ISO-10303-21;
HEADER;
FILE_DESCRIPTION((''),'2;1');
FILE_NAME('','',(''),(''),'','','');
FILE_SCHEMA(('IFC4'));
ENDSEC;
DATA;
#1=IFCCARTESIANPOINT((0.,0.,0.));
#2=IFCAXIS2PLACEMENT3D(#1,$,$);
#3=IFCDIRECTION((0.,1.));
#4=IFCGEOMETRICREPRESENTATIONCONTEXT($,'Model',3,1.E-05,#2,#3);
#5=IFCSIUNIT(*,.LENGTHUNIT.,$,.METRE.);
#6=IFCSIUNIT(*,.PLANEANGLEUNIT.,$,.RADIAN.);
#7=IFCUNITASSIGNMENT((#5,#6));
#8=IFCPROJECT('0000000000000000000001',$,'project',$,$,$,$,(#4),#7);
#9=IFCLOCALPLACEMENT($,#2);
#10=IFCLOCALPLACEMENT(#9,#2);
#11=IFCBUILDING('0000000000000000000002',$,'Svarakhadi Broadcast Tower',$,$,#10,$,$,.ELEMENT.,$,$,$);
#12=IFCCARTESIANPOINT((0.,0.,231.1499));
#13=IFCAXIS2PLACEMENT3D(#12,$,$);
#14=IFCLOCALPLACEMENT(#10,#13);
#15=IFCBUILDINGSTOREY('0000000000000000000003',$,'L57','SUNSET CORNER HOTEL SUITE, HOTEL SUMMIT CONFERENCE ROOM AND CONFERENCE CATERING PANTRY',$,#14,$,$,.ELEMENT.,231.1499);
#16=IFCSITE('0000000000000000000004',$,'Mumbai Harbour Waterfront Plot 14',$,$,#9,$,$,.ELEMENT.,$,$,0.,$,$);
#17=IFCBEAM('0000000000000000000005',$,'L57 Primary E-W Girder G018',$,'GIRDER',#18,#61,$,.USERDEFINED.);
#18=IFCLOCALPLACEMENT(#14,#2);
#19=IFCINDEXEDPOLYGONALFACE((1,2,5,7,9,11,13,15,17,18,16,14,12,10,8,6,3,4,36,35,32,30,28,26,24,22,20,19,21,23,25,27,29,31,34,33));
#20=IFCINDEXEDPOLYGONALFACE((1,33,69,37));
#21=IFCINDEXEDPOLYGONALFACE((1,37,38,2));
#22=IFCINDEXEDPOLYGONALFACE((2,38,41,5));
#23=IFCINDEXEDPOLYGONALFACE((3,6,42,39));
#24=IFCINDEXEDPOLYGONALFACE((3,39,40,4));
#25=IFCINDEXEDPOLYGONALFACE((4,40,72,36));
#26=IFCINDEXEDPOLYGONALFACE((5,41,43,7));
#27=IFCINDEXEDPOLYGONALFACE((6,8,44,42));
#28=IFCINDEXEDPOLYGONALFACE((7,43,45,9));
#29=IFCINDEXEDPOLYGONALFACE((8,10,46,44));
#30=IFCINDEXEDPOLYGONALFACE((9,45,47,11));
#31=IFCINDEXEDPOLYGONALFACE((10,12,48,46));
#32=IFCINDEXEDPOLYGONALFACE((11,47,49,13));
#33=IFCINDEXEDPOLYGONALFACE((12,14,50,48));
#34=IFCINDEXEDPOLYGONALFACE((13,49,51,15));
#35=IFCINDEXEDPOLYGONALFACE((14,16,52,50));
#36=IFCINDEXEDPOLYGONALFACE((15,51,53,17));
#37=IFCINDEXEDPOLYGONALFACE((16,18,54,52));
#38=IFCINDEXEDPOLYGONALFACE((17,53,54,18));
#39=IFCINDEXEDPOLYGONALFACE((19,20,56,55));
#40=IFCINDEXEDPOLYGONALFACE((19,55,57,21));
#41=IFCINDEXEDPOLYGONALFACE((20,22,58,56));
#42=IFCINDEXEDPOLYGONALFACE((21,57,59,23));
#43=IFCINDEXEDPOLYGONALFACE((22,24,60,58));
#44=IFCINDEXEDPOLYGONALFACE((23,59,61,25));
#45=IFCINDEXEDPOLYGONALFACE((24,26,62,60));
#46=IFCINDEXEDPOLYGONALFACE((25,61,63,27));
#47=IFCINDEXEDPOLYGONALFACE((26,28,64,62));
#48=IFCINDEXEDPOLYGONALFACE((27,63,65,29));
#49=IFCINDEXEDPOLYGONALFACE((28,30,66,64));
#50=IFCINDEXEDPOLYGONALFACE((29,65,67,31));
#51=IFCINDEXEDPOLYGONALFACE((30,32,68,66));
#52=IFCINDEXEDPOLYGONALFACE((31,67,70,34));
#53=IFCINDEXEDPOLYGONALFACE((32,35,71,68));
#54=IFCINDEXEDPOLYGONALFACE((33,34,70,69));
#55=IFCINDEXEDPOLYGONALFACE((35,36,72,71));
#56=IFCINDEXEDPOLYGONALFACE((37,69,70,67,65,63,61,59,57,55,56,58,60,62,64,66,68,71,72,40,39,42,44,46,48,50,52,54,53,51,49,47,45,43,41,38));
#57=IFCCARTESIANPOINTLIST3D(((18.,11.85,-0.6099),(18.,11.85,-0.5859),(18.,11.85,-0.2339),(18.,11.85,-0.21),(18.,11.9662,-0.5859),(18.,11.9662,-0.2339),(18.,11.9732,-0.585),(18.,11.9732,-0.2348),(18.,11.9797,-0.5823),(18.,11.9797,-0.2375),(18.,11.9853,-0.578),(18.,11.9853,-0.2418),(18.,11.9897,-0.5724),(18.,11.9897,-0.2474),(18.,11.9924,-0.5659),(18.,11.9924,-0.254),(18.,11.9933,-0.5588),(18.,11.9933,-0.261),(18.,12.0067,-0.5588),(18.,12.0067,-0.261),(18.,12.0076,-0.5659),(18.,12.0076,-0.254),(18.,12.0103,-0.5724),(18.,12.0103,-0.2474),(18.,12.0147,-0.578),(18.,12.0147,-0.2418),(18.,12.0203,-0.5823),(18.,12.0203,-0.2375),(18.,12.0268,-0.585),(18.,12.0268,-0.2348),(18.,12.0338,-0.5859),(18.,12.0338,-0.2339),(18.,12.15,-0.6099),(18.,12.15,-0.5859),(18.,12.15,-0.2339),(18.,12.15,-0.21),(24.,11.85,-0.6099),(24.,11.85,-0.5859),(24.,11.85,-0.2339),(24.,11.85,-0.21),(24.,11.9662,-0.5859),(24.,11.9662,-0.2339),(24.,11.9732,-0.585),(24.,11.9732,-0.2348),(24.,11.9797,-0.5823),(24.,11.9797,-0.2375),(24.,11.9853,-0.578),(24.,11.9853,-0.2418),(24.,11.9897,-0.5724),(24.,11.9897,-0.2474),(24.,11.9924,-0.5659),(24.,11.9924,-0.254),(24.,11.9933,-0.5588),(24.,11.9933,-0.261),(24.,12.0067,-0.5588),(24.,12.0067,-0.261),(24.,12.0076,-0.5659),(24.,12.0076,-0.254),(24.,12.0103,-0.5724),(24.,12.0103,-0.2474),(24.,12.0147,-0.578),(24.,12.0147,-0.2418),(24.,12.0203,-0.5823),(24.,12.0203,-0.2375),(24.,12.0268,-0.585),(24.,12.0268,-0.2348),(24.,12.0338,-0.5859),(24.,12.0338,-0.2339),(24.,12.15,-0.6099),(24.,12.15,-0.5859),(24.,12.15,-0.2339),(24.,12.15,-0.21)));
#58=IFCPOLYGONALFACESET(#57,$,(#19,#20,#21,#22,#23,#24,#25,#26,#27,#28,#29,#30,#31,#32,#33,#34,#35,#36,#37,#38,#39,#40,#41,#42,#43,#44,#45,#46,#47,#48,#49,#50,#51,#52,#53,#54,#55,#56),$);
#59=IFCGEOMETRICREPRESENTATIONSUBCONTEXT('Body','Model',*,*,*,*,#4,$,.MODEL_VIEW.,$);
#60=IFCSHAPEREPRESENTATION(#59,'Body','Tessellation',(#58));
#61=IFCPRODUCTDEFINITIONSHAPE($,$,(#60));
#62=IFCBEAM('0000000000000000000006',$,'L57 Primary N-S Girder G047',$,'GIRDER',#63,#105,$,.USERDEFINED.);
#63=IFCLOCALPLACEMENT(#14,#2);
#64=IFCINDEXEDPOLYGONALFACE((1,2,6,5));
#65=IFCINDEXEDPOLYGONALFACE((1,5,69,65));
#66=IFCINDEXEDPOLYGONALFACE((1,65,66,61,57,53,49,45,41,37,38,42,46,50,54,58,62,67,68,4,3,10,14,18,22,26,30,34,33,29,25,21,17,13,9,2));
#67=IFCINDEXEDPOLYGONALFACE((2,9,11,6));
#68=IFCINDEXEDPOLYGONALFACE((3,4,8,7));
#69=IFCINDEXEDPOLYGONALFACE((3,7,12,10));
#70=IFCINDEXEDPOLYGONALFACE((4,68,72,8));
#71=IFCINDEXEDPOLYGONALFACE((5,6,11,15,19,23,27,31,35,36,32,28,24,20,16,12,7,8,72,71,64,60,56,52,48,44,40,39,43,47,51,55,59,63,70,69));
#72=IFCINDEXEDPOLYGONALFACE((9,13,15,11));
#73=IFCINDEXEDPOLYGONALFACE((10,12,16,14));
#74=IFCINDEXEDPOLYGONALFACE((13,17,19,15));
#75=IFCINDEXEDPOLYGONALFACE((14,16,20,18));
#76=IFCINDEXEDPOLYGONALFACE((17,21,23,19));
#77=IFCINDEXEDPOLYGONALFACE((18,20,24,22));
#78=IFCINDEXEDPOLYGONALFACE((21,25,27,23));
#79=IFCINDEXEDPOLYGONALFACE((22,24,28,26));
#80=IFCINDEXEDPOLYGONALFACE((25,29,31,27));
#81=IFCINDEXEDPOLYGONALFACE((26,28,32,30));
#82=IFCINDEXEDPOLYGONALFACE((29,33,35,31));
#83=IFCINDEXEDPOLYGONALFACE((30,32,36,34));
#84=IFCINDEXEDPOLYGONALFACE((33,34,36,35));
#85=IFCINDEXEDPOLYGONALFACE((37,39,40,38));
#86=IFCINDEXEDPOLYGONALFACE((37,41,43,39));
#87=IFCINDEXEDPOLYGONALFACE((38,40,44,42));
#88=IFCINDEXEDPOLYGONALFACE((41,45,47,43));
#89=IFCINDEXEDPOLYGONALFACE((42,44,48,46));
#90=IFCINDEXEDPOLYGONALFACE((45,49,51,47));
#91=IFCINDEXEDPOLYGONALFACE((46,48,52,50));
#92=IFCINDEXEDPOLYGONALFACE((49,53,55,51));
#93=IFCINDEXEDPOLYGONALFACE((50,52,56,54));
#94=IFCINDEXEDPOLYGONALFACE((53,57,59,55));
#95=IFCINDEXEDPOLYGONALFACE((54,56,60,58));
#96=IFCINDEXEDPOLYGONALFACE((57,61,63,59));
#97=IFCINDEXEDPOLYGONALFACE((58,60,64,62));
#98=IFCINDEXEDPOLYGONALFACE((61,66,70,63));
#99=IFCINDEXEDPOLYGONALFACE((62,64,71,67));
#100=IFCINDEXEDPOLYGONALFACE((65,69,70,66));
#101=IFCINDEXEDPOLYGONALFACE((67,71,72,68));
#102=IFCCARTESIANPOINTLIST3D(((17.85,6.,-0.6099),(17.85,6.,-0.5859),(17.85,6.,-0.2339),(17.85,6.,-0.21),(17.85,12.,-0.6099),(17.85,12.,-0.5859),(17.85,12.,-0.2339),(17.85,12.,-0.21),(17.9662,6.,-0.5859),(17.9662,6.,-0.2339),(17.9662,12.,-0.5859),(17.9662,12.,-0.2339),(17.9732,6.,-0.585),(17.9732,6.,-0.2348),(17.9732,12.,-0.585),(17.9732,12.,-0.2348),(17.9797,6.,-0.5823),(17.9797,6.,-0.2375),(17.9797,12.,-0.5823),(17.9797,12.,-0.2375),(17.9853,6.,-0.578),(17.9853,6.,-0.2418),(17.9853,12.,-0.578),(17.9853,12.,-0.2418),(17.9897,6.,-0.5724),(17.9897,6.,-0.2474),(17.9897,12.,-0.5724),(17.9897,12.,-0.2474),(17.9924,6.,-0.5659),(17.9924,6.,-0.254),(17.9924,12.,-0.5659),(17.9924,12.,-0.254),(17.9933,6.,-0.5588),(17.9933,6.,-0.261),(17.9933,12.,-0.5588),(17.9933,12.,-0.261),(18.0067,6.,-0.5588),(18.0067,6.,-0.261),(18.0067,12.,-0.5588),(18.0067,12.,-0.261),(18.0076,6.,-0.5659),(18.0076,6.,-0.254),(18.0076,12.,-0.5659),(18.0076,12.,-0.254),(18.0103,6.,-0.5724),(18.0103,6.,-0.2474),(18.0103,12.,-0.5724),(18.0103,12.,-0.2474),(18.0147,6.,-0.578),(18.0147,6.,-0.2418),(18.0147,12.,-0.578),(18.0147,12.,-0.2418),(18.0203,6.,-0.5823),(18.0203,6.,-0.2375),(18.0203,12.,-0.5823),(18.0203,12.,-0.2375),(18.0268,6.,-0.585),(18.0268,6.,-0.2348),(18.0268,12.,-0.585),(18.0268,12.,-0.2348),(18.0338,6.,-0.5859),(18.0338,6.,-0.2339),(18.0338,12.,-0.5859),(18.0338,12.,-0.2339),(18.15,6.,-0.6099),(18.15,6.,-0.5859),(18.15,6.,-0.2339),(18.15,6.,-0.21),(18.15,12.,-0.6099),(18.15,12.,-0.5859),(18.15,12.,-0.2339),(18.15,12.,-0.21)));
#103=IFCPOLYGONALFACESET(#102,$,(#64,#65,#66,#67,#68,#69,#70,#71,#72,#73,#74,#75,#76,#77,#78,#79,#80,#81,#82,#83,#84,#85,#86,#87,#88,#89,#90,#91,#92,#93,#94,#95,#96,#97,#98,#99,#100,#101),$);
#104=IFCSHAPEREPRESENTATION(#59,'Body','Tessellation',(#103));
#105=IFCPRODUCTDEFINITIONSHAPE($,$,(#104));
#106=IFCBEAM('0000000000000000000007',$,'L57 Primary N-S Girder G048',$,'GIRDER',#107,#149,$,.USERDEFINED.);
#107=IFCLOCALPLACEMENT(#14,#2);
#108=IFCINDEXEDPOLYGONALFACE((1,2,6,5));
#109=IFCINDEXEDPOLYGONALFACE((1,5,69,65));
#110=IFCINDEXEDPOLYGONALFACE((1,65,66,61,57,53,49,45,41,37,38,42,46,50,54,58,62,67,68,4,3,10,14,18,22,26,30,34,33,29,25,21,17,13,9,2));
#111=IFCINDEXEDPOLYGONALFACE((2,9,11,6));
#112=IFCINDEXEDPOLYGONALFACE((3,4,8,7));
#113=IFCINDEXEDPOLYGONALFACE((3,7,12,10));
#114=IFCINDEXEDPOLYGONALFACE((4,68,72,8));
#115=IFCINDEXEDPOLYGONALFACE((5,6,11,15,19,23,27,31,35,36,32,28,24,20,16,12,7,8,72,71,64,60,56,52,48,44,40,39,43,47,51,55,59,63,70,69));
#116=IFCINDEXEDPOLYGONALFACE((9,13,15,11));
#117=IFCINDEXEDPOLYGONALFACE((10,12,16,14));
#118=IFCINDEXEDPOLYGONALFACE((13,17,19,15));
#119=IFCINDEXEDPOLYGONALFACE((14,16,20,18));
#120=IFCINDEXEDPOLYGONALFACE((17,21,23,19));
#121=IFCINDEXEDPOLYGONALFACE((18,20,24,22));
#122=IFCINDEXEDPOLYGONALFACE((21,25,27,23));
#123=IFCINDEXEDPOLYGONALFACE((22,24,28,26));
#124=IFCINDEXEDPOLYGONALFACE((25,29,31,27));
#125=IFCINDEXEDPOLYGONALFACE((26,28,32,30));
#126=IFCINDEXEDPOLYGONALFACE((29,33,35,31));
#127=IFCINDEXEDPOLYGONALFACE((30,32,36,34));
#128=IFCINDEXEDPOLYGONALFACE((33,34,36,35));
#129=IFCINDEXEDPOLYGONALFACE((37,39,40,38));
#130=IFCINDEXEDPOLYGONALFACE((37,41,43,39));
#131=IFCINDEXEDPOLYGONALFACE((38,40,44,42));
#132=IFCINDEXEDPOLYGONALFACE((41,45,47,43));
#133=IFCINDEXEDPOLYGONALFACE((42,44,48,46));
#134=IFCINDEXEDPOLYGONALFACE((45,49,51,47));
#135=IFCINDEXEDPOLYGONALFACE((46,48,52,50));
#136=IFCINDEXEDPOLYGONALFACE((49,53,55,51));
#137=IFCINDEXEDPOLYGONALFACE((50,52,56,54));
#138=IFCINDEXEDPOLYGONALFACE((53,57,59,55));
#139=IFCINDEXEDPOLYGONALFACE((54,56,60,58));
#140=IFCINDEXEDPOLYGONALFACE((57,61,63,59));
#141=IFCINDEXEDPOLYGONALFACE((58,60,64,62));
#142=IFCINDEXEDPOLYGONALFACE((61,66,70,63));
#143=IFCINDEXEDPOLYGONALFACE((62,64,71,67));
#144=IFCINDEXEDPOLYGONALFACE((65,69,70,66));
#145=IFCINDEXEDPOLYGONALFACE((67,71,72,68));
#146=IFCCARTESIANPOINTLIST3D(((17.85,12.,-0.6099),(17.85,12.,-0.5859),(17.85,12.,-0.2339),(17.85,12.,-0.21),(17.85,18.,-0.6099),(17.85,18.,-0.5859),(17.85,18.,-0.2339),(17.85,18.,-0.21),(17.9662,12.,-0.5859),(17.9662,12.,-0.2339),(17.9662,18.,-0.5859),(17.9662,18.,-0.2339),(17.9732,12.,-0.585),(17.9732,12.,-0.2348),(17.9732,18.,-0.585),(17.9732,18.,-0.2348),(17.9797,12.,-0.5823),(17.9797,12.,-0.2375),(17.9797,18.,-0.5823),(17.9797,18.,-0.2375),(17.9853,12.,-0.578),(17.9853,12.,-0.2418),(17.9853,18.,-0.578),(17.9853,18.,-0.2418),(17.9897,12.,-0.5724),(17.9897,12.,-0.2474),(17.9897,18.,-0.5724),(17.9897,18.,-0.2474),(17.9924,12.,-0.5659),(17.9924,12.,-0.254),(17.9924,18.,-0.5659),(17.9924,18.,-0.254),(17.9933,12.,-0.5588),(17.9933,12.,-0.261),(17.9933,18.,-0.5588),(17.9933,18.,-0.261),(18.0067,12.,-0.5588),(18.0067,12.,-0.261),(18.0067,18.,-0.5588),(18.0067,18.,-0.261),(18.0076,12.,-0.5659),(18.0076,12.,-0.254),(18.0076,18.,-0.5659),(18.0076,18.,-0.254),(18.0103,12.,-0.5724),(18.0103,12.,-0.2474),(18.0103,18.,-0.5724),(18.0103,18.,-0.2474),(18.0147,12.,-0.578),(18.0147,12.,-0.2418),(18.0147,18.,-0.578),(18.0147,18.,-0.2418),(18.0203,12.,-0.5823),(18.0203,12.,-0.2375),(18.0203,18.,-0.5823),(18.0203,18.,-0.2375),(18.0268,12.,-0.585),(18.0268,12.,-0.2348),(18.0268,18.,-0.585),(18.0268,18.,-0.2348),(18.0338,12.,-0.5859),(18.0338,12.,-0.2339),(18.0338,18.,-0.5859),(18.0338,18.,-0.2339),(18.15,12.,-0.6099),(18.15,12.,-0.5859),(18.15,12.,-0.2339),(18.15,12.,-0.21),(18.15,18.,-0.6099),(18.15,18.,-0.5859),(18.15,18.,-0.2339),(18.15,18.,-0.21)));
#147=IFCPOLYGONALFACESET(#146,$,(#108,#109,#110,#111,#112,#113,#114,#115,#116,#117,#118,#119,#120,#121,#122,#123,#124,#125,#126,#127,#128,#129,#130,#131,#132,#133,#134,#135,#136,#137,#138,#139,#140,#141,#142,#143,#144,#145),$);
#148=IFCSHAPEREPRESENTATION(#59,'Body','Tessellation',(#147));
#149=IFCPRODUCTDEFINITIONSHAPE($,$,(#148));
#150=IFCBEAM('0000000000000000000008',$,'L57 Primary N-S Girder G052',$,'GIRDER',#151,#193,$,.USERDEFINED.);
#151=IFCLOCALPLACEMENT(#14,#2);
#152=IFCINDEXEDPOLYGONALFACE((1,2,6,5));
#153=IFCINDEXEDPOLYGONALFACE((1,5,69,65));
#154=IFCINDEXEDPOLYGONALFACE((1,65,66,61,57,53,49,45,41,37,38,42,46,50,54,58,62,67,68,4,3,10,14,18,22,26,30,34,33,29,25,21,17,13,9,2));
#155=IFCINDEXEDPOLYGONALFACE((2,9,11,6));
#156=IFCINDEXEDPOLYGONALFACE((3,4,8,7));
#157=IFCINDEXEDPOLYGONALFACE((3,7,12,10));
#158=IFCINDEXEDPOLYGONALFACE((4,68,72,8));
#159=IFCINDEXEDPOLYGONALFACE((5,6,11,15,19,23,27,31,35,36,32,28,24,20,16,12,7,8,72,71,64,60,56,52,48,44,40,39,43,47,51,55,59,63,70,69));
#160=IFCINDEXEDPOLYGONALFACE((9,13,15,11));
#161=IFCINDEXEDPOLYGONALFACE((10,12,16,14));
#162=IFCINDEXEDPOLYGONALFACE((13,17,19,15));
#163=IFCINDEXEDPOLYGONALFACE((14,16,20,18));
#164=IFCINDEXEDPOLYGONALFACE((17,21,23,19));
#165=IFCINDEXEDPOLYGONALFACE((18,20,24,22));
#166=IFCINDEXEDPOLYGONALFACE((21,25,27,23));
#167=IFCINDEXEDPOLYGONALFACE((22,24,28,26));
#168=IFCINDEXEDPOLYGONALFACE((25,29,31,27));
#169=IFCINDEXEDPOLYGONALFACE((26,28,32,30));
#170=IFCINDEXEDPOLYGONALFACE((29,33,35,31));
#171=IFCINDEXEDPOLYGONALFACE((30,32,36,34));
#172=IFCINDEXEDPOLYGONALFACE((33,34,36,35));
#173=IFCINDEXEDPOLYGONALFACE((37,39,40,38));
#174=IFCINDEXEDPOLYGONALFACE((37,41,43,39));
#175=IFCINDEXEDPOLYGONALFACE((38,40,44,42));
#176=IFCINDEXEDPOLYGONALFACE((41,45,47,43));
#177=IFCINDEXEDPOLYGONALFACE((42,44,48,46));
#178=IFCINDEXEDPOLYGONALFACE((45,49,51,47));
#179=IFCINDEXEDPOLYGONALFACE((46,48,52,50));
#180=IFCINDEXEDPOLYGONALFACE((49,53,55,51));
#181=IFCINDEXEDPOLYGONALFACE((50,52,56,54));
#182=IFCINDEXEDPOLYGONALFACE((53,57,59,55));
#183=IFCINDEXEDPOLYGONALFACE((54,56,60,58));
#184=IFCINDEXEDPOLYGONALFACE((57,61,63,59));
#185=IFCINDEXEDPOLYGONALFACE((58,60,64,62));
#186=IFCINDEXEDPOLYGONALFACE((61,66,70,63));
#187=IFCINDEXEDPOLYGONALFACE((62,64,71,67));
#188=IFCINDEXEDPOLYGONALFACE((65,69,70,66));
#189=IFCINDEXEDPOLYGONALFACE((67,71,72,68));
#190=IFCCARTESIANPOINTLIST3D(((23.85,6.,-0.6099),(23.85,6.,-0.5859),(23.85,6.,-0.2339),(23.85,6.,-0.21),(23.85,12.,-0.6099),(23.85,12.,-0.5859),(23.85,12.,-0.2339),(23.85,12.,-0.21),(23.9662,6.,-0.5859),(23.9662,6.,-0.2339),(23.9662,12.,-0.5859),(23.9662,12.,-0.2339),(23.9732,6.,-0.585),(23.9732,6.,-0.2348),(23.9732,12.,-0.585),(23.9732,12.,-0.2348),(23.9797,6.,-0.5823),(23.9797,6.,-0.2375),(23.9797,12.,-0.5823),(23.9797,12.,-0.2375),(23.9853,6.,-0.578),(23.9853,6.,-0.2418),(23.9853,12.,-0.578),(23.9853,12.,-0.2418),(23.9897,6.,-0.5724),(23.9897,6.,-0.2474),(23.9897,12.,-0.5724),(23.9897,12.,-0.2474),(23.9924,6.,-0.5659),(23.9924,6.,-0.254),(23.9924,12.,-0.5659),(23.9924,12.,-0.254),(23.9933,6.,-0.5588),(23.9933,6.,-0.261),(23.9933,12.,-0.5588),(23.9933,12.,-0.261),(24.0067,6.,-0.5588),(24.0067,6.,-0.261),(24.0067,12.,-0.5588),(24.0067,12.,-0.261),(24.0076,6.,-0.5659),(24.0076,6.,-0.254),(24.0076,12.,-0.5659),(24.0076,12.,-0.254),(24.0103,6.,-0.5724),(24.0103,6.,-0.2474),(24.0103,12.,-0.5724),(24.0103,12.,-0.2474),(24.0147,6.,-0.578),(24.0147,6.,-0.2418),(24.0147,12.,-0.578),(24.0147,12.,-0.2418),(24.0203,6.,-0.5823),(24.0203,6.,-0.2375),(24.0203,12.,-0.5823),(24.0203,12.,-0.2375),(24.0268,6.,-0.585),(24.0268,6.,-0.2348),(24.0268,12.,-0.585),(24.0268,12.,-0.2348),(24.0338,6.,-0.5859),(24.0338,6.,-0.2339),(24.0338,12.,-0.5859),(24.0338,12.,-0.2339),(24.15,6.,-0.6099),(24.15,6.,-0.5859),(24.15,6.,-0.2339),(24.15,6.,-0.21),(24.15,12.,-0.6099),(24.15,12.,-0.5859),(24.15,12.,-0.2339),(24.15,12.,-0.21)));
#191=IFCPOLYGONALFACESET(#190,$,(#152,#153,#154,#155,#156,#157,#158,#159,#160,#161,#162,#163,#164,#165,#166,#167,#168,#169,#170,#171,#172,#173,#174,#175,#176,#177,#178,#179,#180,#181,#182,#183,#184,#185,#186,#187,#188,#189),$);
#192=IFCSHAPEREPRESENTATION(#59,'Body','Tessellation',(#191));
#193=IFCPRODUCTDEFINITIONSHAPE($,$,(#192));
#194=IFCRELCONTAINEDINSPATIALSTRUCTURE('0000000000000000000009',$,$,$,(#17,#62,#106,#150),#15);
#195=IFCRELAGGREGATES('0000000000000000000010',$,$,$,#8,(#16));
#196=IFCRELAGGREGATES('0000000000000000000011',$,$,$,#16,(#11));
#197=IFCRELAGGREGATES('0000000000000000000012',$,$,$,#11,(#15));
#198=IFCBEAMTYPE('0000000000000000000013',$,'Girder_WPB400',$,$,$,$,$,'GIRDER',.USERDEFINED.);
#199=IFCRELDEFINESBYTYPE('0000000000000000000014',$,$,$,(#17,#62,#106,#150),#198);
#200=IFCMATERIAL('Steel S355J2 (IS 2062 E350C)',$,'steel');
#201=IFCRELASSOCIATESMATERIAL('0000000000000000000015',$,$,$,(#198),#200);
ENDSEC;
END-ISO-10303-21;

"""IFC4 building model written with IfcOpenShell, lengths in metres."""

from ifc_helpers import new_model, si_unit, direction, frame, origin, origin_2d, place, context, subcontext, project, spatial, i_section, extrude, material, material_profile, profile_set, type_object, element, save


model = new_model("IFC4")

# Units and contexts
model_context = context("Model", 3, precision=1e-05, world=origin(), true_north=direction((0.0, 1.0)))
body_context = subcontext(model_context, "Body", "Model", "MODEL_VIEW")
ifc_project = project(units=[si_unit("LENGTHUNIT", "METRE"), si_unit("PLANEANGLEUNIT", "RADIAN")], contexts=[model_context])

# Site, building, storey
site_placement = place(None, origin())
site = spatial("IfcSite", under=ifc_project, at=site_placement, Name="Mumbai Harbour Waterfront Plot 14", CompositionType="ELEMENT", RefElevation=0.0)
building_placement = place(site_placement, origin())
building = spatial("IfcBuilding", under=site, at=building_placement, Name="Svarakhadi Broadcast Tower", CompositionType="ELEMENT")
storey_placement = place(building_placement, frame((0.0, 0.0, 231.1499)))
storey = spatial("IfcBuildingStorey", under=building, at=storey_placement, Name="L57", Description="SUNSET CORNER HOTEL SUITE, HOTEL SUMMIT CONFERENCE ROOM AND CONFERENCE CATERING PANTRY", CompositionType="ELEMENT", Elevation=231.1499)

# Beams
ifc_material_1 = material(Name="Steel S355J2 (IS 2062 E350C)", Category="steel")
ifc_material_profile_1 = material_profile(ifc_material_1, i_section(OverallWidth=0.3, OverallDepth=0.3999, WebThickness=0.0134, FlangeThickness=0.0239, FilletRadius=0.0271, at=origin_2d()), Name="WPB 400x300x155")
ifc_profile_set_1 = profile_set([ifc_material_profile_1], Name="Steel S355J2 (IS 2062 E350C)")
beam_type_1 = type_object("IfcBeamType", Name="Girder_WPB400", ElementType="GIRDER", PredefinedType="USERDEFINED", material=ifc_profile_set_1)
for number, where, z_axis, x_axis, name in (
    (1, (18.0, 12.0, -0.4099), (1.0, 0.0, 0.0), (0.0, 1.0, 0.0), "L57 Primary E-W Girder G018"),
    (2, (18.0, 6.0, -0.4099), (0.0, 1.0, 0.0), (-1.0, 0.0, 0.0), "L57 Primary N-S Girder G047"),
    (3, (18.0, 12.0, -0.4099), (0.0, 1.0, 0.0), (-1.0, 0.0, 0.0), "L57 Primary N-S Girder G048"),
    (4, (24.0, 6.0, -0.4099), (0.0, 1.0, 0.0), (-1.0, 0.0, 0.0), "L57 Primary N-S Girder G052"),
):
    element("IfcBeam", number, at=place(storey_placement, frame(where, z_axis=z_axis, x_axis=x_axis)), inside=storey, type_object=beam_type_1, Name=name, ObjectType="GIRDER", PredefinedType="USERDEFINED", context=body_context, shape_type="SweptSolid", body=[
        extrude(i_section(OverallWidth=0.3, OverallDepth=0.3999, WebThickness=0.0134, FlangeThickness=0.0239, FilletRadius=0.0271, at=origin_2d()), origin(), (0.0, 0.0, 1.0), 6.0),
    ])

save(model, "model.ifc")
